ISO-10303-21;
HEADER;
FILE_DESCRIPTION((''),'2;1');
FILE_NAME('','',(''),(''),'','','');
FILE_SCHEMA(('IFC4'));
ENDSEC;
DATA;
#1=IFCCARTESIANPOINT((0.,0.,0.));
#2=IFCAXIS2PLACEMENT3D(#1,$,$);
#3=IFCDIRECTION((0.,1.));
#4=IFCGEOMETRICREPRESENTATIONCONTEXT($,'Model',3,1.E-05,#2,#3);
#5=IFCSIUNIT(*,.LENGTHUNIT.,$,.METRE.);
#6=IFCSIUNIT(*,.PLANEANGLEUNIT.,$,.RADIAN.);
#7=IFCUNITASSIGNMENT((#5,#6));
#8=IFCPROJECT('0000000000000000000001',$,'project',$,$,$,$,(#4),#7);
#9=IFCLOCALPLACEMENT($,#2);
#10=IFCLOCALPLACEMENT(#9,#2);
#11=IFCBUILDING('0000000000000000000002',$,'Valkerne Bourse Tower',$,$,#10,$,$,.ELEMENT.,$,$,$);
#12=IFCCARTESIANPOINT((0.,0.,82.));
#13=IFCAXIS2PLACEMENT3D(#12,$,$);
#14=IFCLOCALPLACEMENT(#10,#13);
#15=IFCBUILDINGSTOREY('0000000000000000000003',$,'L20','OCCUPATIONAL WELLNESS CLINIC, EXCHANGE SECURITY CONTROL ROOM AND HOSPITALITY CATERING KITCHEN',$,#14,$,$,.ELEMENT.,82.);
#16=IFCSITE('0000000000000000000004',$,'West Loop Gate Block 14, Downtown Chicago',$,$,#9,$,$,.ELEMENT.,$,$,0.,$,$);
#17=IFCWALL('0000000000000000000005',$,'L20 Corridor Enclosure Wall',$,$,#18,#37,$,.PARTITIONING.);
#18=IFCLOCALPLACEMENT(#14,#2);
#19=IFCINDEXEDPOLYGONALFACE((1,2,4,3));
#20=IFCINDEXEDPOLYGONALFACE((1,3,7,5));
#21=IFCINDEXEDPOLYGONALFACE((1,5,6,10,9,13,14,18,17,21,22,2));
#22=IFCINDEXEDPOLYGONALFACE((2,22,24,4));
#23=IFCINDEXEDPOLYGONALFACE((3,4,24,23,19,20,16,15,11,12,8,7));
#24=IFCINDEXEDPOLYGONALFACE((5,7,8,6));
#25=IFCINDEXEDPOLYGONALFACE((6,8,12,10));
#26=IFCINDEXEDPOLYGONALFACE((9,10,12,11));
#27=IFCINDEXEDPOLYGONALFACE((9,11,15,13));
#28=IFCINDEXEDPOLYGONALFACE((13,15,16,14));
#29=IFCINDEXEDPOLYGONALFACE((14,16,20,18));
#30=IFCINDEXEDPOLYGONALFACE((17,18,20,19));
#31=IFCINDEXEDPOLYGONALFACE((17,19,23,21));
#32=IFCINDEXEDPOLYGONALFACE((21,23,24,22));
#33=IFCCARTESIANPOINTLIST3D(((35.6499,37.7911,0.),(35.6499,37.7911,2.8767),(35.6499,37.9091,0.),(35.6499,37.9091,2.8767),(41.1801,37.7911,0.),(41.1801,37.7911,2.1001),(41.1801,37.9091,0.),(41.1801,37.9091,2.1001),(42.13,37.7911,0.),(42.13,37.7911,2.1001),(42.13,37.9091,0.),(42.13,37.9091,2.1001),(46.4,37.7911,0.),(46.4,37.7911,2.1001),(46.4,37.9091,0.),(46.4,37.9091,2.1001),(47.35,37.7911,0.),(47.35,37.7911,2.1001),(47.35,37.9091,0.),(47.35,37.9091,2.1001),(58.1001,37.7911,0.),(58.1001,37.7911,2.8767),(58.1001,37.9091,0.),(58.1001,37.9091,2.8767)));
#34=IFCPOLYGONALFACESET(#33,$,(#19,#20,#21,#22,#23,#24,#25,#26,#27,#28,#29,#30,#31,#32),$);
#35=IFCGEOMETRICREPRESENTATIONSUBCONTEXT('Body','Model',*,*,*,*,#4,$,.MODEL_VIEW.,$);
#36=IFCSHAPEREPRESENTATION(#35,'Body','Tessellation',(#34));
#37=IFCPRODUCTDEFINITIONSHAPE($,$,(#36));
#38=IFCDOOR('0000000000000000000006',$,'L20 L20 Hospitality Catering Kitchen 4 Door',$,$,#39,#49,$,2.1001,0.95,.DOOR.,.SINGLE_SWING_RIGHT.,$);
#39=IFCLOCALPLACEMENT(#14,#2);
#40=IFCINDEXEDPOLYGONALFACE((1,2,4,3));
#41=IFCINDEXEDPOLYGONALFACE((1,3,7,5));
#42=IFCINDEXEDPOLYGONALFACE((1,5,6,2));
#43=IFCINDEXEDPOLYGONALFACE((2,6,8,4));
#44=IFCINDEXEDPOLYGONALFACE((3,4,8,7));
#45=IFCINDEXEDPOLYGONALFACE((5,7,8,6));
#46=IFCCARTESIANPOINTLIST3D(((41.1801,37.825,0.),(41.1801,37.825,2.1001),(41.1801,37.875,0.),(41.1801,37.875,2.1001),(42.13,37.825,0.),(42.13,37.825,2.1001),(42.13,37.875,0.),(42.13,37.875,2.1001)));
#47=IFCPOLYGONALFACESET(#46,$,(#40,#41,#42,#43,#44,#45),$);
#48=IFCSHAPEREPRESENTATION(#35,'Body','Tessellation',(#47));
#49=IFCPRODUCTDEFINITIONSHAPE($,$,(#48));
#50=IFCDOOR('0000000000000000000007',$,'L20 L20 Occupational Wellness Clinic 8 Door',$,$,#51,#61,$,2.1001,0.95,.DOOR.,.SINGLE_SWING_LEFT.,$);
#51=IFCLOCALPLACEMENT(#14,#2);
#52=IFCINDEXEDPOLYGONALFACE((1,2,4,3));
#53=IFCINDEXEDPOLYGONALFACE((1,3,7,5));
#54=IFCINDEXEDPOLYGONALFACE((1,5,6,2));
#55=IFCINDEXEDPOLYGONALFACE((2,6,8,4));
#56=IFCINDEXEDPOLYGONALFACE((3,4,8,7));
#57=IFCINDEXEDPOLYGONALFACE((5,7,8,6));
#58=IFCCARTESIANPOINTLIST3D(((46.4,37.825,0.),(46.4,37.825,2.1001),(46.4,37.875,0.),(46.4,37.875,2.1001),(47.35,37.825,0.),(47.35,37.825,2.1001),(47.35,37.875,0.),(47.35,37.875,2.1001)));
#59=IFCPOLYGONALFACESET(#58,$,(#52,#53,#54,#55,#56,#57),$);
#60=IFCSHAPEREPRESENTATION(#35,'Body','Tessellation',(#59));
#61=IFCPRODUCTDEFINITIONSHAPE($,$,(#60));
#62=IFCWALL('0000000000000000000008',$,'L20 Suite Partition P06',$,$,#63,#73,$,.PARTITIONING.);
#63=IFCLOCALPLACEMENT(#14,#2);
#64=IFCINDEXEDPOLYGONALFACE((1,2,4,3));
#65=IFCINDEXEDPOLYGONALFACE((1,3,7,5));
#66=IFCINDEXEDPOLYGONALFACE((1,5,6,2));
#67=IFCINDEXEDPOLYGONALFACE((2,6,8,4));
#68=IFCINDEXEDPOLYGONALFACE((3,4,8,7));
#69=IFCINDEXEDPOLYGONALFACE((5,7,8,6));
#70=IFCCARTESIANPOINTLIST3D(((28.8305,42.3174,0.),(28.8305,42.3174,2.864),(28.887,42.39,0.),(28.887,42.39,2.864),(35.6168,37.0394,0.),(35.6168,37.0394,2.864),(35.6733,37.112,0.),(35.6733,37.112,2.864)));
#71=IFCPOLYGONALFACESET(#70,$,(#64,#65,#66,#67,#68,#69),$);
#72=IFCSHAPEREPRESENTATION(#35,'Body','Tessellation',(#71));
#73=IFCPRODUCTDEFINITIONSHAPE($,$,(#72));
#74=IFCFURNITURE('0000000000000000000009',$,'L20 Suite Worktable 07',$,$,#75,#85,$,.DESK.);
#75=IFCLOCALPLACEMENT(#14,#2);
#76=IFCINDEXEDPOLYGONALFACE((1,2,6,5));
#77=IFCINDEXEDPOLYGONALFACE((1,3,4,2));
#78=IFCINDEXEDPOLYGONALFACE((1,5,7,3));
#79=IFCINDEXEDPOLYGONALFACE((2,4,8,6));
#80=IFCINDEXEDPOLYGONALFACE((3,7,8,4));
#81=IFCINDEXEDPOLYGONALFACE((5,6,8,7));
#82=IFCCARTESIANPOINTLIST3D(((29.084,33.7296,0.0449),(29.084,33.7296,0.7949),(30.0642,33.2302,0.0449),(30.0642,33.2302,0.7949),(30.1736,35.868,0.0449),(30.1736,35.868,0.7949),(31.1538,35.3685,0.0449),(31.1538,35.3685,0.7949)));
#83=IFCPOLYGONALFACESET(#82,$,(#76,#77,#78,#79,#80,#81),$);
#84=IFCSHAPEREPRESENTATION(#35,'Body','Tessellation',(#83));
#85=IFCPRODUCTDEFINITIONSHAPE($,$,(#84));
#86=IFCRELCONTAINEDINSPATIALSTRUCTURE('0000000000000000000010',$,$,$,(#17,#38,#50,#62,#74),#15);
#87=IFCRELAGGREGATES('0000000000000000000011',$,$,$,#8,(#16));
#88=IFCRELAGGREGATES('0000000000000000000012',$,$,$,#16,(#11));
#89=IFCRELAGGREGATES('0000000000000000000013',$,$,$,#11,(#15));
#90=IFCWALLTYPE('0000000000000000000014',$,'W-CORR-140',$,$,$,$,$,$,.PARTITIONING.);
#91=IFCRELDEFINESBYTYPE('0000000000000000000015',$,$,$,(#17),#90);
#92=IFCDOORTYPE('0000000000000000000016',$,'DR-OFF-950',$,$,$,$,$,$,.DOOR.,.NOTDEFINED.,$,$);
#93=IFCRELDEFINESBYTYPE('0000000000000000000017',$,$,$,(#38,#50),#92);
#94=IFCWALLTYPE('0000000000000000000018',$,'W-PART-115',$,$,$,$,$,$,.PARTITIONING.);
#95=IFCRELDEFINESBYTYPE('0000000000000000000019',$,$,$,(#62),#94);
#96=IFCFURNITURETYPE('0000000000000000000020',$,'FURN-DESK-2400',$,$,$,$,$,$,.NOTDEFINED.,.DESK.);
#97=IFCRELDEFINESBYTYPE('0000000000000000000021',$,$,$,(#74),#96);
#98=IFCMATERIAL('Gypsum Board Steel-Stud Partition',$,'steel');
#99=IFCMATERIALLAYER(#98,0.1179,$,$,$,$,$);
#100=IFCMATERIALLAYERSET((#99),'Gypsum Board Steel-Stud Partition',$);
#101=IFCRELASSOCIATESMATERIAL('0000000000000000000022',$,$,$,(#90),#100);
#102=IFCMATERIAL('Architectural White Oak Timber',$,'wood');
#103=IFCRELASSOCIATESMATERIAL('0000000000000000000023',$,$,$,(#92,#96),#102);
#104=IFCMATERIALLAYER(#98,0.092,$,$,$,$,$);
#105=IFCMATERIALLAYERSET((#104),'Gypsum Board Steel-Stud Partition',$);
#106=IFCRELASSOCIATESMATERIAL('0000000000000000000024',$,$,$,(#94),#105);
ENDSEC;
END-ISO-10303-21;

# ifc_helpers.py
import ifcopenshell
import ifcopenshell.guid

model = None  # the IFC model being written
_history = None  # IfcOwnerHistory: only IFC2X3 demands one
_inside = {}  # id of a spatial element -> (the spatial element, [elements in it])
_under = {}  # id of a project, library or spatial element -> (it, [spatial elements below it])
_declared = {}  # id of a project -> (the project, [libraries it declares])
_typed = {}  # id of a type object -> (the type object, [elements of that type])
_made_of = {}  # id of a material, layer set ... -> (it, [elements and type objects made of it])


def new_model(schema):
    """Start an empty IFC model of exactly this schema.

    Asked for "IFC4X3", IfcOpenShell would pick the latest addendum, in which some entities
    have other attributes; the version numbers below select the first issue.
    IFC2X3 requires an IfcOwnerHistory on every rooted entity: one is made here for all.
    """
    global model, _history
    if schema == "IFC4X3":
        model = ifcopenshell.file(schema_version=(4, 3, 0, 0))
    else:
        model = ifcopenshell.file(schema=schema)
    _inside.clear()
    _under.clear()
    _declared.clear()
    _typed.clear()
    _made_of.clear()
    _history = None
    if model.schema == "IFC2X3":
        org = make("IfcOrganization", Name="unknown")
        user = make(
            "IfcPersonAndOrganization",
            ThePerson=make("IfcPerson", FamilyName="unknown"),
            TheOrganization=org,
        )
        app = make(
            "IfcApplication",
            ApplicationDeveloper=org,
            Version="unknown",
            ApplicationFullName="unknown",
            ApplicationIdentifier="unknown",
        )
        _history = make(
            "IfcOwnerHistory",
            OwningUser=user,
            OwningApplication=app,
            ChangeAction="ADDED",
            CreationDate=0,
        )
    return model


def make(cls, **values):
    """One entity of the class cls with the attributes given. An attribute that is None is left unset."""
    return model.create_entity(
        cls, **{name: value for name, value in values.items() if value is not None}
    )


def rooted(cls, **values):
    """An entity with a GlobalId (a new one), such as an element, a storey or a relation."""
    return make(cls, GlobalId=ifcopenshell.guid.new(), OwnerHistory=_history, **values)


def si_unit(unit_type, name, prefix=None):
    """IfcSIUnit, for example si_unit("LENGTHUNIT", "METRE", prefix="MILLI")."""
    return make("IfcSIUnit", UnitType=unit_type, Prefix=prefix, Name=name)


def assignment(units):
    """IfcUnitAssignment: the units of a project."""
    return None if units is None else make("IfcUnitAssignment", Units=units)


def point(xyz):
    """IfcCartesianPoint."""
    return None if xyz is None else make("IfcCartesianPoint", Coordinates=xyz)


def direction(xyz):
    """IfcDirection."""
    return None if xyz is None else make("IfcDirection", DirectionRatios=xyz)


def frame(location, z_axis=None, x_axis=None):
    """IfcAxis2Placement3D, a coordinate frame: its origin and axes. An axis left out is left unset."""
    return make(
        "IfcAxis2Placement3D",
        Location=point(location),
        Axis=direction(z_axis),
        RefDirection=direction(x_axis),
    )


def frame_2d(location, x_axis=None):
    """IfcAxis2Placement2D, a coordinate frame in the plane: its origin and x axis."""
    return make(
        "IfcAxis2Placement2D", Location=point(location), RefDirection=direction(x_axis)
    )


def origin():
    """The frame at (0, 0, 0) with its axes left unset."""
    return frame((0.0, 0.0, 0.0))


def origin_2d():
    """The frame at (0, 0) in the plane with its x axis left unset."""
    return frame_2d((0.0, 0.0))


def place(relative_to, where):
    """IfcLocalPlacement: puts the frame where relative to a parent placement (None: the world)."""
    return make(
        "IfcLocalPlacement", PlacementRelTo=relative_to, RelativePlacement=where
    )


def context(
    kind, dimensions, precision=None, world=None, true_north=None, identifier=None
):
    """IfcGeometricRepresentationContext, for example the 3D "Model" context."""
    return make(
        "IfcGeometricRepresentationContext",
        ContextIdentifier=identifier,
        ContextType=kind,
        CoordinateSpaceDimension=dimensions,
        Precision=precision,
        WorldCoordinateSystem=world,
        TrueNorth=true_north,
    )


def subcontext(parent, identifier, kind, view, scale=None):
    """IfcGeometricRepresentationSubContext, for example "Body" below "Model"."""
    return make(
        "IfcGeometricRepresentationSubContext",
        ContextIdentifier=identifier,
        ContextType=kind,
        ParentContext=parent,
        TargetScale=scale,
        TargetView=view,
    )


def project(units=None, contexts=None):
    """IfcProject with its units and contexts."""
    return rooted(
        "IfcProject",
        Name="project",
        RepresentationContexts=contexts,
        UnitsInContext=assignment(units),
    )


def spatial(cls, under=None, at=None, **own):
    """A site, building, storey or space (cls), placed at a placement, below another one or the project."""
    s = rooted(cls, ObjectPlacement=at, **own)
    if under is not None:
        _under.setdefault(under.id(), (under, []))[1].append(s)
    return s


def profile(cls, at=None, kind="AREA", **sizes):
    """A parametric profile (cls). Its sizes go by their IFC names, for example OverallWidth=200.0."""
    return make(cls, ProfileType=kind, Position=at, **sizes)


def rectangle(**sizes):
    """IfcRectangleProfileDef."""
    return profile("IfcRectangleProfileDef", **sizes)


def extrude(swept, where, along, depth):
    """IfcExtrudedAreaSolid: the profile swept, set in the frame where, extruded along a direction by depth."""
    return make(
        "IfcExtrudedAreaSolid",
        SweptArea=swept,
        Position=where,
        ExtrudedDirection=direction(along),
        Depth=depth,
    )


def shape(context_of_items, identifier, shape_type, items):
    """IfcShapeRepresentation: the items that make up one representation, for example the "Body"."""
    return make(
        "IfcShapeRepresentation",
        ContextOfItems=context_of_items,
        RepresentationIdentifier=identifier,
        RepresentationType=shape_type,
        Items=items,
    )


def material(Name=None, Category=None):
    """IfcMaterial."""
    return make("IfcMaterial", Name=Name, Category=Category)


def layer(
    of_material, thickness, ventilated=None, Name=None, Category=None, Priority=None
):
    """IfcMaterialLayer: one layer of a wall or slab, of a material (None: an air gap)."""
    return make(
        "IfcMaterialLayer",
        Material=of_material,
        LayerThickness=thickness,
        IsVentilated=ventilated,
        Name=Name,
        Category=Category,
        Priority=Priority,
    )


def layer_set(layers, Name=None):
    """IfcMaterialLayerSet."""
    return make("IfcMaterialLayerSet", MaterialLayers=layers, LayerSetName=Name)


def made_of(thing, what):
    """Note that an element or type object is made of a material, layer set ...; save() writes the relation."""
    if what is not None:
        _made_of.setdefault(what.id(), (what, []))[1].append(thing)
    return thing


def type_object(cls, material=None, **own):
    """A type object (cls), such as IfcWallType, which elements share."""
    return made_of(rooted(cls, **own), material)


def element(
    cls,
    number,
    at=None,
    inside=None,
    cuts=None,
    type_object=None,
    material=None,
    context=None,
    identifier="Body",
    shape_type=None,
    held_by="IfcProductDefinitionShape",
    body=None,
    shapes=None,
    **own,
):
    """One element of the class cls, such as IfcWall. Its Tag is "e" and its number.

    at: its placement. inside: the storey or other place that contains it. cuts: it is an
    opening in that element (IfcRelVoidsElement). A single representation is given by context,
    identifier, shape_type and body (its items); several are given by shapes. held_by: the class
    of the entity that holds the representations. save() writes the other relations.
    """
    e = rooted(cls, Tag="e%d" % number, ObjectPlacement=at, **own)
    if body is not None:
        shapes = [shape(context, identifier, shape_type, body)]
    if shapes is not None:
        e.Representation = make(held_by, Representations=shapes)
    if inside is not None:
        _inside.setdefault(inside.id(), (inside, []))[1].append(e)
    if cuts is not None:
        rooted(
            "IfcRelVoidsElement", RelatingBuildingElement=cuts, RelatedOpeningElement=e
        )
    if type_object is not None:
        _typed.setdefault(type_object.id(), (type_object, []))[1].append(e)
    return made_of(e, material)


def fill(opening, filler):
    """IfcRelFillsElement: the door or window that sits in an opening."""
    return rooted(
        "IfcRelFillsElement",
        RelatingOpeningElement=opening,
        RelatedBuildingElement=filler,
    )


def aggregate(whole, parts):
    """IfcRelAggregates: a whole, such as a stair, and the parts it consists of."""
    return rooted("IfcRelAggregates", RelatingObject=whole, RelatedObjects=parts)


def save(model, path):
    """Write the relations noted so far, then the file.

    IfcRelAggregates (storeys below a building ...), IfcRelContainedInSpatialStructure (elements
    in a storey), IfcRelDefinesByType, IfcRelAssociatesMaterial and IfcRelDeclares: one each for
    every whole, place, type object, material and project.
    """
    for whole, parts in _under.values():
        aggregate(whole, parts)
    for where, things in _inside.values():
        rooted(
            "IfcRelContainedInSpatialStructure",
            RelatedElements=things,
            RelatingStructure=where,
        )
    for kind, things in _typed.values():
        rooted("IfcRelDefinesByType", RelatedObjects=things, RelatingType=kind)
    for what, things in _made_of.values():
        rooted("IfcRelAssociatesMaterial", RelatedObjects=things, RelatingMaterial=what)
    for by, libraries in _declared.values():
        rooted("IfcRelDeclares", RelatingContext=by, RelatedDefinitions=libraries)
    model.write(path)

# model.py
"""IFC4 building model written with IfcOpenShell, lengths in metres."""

from ifc_helpers import new_model, si_unit, direction, frame, frame_2d, origin, origin_2d, place, context, subcontext, project, spatial, rectangle, extrude, material, layer, layer_set, type_object, element, fill, save


model = new_model("IFC4")

# Units and contexts
model_context = context("Model", 3, precision=1e-05, world=origin(), true_north=direction((0.0, 1.0)))
body_context = subcontext(model_context, "Body", "Model", "MODEL_VIEW")
ifc_project = project(units=[si_unit("LENGTHUNIT", "METRE"), si_unit("PLANEANGLEUNIT", "RADIAN")], contexts=[model_context])

# Site, building, storey
site_placement = place(None, origin())
site = spatial("IfcSite", under=ifc_project, at=site_placement, Name="West Loop Gate Block 14, Downtown Chicago", CompositionType="ELEMENT", RefElevation=0.0)
building_placement = place(site_placement, origin())
building = spatial("IfcBuilding", under=site, at=building_placement, Name="Valkerne Bourse Tower", CompositionType="ELEMENT")
storey_placement = place(building_placement, frame((0.0, 0.0, 82.0)))
storey = spatial("IfcBuildingStorey", under=building, at=storey_placement, Name="L20", Description="OCCUPATIONAL WELLNESS CLINIC, EXCHANGE SECURITY CONTROL ROOM AND HOSPITALITY CATERING KITCHEN", CompositionType="ELEMENT", Elevation=82.0)

# Wall, openings, doors
ifc_material_1 = material(Name="Gypsum Board Steel-Stud Partition", Category="steel")
ifc_layer_1 = layer(ifc_material_1, 0.1179)
ifc_layer_set_1 = layer_set([ifc_layer_1], Name="Gypsum Board Steel-Stud Partition")
wall_type_1 = type_object("IfcWallType", Name="W-CORR-140", PredefinedType="PARTITIONING", material=ifc_layer_set_1)
wall_1_placement = place(storey_placement, frame((35.6499, 37.8501, 0.0), z_axis=(0.0, 0.0, 1.0), x_axis=(1.0, 0.0, 0.0)))
wall_1 = element("IfcWall", 1, at=wall_1_placement, inside=storey, type_object=wall_type_1, Name="L20 Corridor Enclosure Wall", PredefinedType="PARTITIONING", context=body_context, shape_type="SweptSolid", body=[
    extrude(rectangle(XDim=22.4502, YDim=0.1179, at=frame_2d((11.2251, 0.0))), origin(), (0.0, 0.0, 1.0), 2.8767),
])
opening_1_placement = place(wall_1_placement, frame((5.53, 0.0, 0.0)))
opening_1 = element("IfcOpeningElement", 2, at=opening_1_placement, cuts=wall_1, PredefinedType="OPENING", context=body_context, shape_type="SweptSolid", body=[
    extrude(rectangle(XDim=0.95, YDim=2.1001, at=frame_2d((0.4751, 1.05))), frame((0.0, 0.0688, 0.0), z_axis=(0.0, -1.0, 0.0), x_axis=(1.0, 0.0, 0.0)), (0.0, 0.0, 1.0), 0.1379),
])
opening_2_placement = place(wall_1_placement, frame((10.75, 0.0, 0.0)))
opening_2 = element("IfcOpeningElement", 3, at=opening_2_placement, cuts=wall_1, PredefinedType="OPENING", context=body_context, shape_type="SweptSolid", body=[
    extrude(rectangle(XDim=0.95, YDim=2.1001, at=frame_2d((0.4751, 1.05))), frame((0.0, 0.0688, 0.0), z_axis=(0.0, -1.0, 0.0), x_axis=(1.0, 0.0, 0.0)), (0.0, 0.0, 1.0), 0.1379),
])
ifc_material_2 = material(Name="Architectural White Oak Timber", Category="wood")
door_type_1 = type_object("IfcDoorType", Name="DR-OFF-950", OperationType="NOTDEFINED", PredefinedType="DOOR", material=ifc_material_2)
door_1_placement = place(opening_1_placement, origin())
door_1 = element("IfcDoor", 4, at=door_1_placement, inside=storey, type_object=door_type_1, Name="L20 L20 Hospitality Catering Kitchen 4 Door", OperationType="SINGLE_SWING_RIGHT", OverallHeight=2.1001, OverallWidth=0.95, PredefinedType="DOOR", context=body_context, shape_type="SweptSolid", body=[
    extrude(rectangle(XDim=0.95, YDim=2.1001, at=frame_2d((0.4751, 1.05))), frame((0.0, 0.0249, 0.0), z_axis=(0.0, -1.0, 0.0), x_axis=(1.0, 0.0, 0.0)), (0.0, 0.0, 1.0), 0.05),
])
fill(opening_1, door_1)
door_2_placement = place(opening_2_placement, origin())
door_2 = element("IfcDoor", 5, at=door_2_placement, inside=storey, type_object=door_type_1, Name="L20 L20 Occupational Wellness Clinic 8 Door", OperationType="SINGLE_SWING_LEFT", OverallHeight=2.1001, OverallWidth=0.95, PredefinedType="DOOR", context=body_context, shape_type="SweptSolid", body=[
    extrude(rectangle(XDim=0.95, YDim=2.1001, at=frame_2d((0.4751, 1.05))), frame((0.0, 0.0249, 0.0), z_axis=(0.0, -1.0, 0.0), x_axis=(1.0, 0.0, 0.0)), (0.0, 0.0, 1.0), 0.05),
])
fill(opening_2, door_2)

# Wall
ifc_layer_2 = layer(ifc_material_1, 0.092)
ifc_layer_set_2 = layer_set([ifc_layer_2], Name="Gypsum Board Steel-Stud Partition")
wall_type_2 = type_object("IfcWallType", Name="W-PART-115", PredefinedType="PARTITIONING", material=ifc_layer_set_2)
wall_2_placement = place(storey_placement, frame((35.645, 37.0757, 0.0), z_axis=(0.0, 0.0, 1.0), x_axis=(-0.789364, 0.613925, 0.0)))
element("IfcWall", 6, at=wall_2_placement, inside=storey, type_object=wall_type_2, Name="L20 Suite Partition P06", PredefinedType="PARTITIONING", context=body_context, shape_type="SweptSolid", body=[
    extrude(rectangle(XDim=8.5972, YDim=0.092, at=frame_2d((4.2986, 0.0))), origin(), (0.0, 0.0, 1.0), 2.864),
])

# Furniture
furniture_type = type_object("IfcFurnitureType", Name="FURN-DESK-2400", AssemblyPlace="NOTDEFINED", PredefinedType="DESK", material=ifc_material_2)
furniture_placement = place(storey_placement, frame((30.1189, 34.5491, 0.0449), z_axis=(0.0, 0.0, 1.0), x_axis=(0.45399, 0.891007, 0.0)))
element("IfcFurniture", 7, at=furniture_placement, inside=storey, type_object=furniture_type, Name="L20 Suite Worktable 07", PredefinedType="DESK", context=body_context, shape_type="SweptSolid", body=[
    extrude(rectangle(XDim=2.3999, YDim=1.1001, at=origin_2d()), origin(), (0.0, 0.0, 1.0), 0.75),
])

save(model, "model.ifc")
